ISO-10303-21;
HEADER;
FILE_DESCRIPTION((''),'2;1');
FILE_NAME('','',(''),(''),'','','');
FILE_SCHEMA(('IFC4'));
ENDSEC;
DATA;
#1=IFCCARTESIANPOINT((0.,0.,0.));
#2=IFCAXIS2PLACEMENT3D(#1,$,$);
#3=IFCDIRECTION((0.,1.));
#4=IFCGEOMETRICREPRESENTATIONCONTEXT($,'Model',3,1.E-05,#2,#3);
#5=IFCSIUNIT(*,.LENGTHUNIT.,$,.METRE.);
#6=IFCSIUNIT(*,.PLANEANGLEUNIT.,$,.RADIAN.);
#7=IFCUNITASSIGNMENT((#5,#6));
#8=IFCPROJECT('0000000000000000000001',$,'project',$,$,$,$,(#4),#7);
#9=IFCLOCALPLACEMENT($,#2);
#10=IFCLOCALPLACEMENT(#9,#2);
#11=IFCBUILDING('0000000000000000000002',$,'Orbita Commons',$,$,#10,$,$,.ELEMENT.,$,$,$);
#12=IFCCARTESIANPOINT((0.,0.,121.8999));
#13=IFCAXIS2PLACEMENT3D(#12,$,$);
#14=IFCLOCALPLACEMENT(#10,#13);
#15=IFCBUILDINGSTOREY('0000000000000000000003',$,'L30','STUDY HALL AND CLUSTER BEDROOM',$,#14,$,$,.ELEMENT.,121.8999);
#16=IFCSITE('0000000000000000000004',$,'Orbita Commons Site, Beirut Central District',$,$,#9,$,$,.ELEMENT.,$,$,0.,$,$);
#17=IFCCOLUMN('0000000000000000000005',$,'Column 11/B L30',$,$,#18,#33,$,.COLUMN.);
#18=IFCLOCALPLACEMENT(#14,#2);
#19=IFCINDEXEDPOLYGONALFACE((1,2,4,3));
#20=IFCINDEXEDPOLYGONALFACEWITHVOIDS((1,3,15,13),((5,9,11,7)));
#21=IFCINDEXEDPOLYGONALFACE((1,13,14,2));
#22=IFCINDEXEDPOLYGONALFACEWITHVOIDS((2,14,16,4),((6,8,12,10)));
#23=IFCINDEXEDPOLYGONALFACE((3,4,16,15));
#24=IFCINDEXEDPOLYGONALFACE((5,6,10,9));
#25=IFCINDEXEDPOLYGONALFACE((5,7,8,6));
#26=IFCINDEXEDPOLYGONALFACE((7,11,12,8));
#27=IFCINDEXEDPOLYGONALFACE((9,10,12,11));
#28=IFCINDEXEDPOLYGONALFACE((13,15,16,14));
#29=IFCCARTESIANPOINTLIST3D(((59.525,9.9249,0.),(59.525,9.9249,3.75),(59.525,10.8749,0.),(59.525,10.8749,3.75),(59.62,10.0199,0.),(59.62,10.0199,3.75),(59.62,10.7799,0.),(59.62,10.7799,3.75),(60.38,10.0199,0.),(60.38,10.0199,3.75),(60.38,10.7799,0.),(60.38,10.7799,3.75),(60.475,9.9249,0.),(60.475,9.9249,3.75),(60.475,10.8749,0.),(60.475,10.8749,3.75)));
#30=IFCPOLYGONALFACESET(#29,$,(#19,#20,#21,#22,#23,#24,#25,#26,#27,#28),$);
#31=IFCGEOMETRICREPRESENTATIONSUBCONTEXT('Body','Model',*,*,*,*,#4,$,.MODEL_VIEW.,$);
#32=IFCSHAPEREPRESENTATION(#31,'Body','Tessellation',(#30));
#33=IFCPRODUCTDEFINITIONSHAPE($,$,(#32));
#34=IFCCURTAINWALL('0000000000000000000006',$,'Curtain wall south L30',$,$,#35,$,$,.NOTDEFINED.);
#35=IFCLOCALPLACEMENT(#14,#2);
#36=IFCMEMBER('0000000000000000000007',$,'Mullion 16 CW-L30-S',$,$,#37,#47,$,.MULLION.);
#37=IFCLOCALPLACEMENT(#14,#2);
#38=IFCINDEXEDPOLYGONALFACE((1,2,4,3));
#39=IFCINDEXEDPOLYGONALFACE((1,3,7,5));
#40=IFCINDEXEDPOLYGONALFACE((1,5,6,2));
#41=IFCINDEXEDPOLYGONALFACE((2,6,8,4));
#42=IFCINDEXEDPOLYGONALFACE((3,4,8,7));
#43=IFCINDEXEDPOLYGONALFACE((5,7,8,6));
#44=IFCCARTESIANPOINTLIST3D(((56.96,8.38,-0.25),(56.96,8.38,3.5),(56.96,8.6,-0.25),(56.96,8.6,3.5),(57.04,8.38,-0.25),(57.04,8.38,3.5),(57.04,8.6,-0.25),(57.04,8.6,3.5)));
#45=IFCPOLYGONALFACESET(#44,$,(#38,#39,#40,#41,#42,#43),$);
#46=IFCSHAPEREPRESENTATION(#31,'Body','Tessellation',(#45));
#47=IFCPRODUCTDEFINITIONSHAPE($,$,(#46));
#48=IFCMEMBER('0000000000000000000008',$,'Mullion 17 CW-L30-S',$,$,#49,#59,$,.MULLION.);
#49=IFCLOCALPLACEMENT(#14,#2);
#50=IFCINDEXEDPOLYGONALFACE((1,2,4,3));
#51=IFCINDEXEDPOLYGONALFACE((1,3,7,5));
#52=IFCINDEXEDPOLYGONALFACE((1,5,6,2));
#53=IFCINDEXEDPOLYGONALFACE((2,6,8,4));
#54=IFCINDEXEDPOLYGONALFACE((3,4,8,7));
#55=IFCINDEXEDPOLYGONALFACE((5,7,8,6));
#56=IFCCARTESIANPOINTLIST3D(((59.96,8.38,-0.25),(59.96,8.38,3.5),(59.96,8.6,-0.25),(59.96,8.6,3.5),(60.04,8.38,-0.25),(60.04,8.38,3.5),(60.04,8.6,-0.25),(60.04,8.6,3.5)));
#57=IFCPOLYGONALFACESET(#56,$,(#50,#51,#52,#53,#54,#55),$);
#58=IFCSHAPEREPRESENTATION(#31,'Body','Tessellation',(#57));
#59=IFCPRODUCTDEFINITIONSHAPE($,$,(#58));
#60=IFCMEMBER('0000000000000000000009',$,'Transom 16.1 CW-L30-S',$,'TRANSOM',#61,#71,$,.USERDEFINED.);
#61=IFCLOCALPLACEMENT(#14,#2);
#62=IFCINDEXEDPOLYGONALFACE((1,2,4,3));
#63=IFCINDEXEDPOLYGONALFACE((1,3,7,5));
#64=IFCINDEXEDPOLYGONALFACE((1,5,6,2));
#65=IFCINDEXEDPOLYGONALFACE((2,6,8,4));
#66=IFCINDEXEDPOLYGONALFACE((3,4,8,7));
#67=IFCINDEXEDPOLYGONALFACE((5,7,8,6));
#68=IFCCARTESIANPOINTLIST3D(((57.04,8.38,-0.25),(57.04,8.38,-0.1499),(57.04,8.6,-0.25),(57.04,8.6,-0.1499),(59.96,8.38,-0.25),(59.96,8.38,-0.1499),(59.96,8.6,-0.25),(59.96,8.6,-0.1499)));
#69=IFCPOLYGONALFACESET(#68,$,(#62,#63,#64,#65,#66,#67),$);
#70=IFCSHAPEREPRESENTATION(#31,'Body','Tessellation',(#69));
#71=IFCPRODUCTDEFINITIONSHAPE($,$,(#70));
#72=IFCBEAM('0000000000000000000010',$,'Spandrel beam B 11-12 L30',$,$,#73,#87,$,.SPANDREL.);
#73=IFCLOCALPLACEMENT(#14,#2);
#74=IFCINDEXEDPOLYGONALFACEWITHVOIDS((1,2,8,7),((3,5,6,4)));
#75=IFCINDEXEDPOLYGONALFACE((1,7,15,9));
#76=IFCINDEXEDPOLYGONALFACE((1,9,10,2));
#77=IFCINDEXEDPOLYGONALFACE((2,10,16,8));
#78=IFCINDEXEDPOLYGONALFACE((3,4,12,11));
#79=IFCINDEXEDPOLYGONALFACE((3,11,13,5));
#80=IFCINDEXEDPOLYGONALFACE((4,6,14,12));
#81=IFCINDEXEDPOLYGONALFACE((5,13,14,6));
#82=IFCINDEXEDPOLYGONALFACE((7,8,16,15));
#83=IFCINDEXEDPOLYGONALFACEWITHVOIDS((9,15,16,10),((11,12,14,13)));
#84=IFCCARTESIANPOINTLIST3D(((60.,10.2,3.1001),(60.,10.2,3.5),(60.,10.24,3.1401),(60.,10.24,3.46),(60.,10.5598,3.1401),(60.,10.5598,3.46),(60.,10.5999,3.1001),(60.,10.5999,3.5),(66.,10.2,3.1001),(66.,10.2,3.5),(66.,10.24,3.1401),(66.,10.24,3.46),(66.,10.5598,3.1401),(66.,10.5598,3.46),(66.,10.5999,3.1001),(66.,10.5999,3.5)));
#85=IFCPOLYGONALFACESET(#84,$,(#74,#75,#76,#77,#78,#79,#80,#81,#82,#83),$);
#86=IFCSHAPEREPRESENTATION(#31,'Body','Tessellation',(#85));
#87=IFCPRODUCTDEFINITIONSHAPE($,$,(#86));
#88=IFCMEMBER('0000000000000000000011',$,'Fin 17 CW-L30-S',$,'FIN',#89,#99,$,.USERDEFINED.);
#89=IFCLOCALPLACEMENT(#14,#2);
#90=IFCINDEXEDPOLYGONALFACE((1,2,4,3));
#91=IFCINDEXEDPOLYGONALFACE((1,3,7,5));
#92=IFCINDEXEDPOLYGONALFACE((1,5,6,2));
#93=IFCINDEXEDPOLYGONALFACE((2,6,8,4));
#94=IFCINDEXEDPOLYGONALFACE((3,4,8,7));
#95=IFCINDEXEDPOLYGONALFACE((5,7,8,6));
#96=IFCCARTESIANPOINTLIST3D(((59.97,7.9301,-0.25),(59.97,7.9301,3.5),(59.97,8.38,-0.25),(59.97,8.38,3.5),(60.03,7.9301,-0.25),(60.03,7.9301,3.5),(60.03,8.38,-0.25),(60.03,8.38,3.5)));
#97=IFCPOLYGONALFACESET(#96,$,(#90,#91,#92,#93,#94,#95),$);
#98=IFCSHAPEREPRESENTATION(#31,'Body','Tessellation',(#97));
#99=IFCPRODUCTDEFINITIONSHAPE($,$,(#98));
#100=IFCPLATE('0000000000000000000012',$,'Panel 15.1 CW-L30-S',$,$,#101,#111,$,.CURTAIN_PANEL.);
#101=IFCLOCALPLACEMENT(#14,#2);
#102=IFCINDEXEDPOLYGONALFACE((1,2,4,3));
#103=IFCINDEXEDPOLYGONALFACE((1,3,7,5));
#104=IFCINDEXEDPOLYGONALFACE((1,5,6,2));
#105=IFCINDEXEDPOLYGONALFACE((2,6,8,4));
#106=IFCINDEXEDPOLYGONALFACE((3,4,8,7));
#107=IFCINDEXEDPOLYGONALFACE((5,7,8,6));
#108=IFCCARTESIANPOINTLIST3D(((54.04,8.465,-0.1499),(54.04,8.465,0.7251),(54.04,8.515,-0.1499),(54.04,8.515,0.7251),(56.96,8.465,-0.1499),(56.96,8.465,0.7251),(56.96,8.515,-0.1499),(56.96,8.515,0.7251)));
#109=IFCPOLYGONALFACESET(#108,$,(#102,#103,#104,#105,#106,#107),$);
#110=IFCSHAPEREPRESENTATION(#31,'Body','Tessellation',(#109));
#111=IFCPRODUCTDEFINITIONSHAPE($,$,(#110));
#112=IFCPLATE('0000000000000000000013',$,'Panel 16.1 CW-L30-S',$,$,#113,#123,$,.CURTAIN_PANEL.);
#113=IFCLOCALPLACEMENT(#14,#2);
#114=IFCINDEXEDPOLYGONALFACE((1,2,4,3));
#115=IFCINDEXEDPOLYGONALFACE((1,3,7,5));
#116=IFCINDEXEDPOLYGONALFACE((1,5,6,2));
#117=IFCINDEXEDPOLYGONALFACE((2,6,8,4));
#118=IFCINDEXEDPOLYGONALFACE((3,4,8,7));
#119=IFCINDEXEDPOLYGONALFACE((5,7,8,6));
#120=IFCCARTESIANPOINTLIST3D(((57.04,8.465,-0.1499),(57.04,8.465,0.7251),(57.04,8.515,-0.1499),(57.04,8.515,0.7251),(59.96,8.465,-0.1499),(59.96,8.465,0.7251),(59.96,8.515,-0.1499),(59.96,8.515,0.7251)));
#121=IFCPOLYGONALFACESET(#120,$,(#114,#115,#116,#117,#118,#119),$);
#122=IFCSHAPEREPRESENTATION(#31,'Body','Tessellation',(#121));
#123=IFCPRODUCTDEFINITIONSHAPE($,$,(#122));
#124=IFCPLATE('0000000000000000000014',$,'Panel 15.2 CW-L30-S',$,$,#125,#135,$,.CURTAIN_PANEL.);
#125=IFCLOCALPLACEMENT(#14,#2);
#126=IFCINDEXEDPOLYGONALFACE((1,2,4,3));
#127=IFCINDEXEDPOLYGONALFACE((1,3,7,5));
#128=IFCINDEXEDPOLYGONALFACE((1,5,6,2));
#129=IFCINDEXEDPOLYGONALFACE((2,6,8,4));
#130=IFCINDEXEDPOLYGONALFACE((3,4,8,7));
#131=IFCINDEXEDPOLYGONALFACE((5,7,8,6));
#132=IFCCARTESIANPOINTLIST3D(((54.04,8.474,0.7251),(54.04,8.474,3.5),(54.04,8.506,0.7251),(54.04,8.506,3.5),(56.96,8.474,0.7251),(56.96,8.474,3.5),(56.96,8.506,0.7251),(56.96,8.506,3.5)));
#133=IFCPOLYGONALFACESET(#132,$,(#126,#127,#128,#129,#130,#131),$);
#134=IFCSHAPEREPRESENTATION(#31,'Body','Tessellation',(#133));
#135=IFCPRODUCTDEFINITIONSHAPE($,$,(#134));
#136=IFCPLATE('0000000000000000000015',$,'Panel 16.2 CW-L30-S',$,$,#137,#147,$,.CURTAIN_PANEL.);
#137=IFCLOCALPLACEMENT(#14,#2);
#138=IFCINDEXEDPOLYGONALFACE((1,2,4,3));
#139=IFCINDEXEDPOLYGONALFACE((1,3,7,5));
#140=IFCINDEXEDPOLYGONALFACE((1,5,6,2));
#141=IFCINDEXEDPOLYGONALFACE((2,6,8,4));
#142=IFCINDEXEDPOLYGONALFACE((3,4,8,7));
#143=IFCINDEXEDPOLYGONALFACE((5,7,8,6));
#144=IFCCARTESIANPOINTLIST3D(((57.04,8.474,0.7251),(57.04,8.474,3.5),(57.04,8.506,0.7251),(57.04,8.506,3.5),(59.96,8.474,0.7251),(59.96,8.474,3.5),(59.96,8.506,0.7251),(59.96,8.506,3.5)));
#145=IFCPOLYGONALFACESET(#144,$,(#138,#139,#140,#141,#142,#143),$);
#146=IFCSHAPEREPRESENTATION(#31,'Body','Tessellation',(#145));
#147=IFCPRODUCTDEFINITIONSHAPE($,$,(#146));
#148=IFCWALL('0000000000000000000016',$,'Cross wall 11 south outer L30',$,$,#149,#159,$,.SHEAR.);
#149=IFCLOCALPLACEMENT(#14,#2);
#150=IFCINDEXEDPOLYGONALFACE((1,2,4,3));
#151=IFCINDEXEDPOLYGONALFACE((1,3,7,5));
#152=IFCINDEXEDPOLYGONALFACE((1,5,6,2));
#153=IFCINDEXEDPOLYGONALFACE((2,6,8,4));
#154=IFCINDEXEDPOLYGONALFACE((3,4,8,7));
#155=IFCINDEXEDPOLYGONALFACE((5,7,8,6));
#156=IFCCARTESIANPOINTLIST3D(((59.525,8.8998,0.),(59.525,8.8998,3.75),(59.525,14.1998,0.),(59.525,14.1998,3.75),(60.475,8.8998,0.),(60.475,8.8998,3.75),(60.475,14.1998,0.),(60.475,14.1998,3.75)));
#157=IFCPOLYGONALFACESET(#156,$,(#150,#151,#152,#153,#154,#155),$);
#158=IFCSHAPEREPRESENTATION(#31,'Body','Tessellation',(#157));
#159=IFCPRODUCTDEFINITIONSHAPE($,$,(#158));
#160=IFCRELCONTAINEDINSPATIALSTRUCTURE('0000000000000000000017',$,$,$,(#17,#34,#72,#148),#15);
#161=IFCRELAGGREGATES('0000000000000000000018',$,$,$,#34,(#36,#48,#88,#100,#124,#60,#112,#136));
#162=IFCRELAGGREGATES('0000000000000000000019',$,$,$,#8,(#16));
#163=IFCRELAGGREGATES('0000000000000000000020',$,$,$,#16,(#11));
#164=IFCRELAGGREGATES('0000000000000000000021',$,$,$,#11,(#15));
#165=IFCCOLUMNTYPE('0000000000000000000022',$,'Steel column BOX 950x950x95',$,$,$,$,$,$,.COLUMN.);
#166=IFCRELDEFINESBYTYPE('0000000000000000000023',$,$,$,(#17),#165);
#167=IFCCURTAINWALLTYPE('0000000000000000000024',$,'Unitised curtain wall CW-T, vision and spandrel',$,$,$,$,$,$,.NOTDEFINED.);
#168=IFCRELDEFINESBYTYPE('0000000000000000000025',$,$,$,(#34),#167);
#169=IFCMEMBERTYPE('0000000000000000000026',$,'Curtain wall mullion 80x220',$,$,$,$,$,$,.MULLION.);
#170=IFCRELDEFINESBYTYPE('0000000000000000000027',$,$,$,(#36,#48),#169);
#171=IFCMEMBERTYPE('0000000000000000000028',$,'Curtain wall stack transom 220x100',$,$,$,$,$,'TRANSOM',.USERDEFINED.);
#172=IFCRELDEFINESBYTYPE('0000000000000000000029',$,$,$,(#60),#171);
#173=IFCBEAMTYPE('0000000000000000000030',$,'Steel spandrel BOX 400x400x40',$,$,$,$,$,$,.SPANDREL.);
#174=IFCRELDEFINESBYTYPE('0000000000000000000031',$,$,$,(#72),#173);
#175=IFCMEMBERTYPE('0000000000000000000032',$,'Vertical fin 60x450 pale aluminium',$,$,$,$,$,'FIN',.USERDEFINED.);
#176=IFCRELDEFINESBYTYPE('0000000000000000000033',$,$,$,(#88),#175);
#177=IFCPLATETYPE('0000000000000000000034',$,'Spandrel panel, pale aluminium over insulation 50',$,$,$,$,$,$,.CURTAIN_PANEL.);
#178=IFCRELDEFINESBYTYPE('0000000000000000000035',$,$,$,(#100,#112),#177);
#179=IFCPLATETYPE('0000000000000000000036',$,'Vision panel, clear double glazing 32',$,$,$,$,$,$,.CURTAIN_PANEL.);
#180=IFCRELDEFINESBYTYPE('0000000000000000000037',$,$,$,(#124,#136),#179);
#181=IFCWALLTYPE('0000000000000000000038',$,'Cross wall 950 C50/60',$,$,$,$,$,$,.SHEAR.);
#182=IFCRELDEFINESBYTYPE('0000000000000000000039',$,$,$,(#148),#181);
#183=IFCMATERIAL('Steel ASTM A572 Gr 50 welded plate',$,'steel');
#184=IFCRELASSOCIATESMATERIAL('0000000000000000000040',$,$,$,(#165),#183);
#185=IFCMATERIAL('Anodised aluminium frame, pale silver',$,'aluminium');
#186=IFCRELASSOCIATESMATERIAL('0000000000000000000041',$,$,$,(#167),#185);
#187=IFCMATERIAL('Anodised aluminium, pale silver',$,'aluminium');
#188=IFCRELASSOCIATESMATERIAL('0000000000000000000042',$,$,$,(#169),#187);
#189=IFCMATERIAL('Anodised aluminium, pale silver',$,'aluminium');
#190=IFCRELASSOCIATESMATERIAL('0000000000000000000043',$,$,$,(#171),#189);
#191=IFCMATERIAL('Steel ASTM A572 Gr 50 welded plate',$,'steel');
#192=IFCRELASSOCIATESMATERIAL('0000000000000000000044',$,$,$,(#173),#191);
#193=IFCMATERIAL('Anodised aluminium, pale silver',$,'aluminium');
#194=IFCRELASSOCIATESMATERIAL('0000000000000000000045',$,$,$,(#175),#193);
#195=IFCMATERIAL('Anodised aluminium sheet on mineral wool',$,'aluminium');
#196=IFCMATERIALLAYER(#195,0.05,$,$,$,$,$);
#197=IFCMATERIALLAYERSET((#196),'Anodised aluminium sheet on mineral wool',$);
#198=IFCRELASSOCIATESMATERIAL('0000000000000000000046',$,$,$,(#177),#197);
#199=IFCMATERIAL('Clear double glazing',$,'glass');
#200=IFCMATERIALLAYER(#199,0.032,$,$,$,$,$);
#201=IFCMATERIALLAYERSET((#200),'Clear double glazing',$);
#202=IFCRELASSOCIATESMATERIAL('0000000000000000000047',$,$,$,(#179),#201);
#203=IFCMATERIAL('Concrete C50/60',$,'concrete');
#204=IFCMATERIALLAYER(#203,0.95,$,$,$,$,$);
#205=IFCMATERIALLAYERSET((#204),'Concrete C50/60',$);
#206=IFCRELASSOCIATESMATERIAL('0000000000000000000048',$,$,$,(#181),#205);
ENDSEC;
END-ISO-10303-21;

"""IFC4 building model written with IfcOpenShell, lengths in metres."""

from ifc_helpers import new_model, si_unit, direction, frame, frame_2d, origin, origin_2d, place, context, subcontext, project, spatial, rectangle, hollow_rectangle, extrude, material, layer, layer_set, material_profile, profile_set, type_object, element, aggregate, save


model = new_model("IFC4")

# Units and contexts
model_context = context("Model", 3, precision=1e-05, world=origin(), true_north=direction((0.0, 1.0)))
body_context = subcontext(model_context, "Body", "Model", "MODEL_VIEW")
ifc_project = project(units=[si_unit("LENGTHUNIT", "METRE"), si_unit("PLANEANGLEUNIT", "RADIAN")], contexts=[model_context])

# Site, building, storey
site_placement = place(None, origin())
site = spatial("IfcSite", under=ifc_project, at=site_placement, Name="Orbita Commons Site, Beirut Central District", CompositionType="ELEMENT", RefElevation=0.0)
building_placement = place(site_placement, origin())
building = spatial("IfcBuilding", under=site, at=building_placement, Name="Orbita Commons", CompositionType="ELEMENT")
storey_placement = place(building_placement, frame((0.0, 0.0, 121.8999)))
storey = spatial("IfcBuildingStorey", under=building, at=storey_placement, Name="L30", Description="STUDY HALL AND CLUSTER BEDROOM", CompositionType="ELEMENT", Elevation=121.8999)

# Column
ifc_material_1 = material(Name="Steel ASTM A572 Gr 50 welded plate", Category="steel")
ifc_material_profile_1 = material_profile(ifc_material_1, hollow_rectangle(XDim=0.95, YDim=0.95, WallThickness=0.095, at=origin_2d()), Name="BOX 950x950x95")
ifc_profile_set_1 = profile_set([ifc_material_profile_1], Name="Steel ASTM A572 Gr 50 welded plate")
column_type = type_object("IfcColumnType", Name="Steel column BOX 950x950x95", PredefinedType="COLUMN", material=ifc_profile_set_1)
column_placement = place(storey_placement, frame((60.0, 10.3999, 0.0), z_axis=(0.0, 0.0, 1.0), x_axis=(1.0, 0.0, 0.0)))
element("IfcColumn", 1, at=column_placement, inside=storey, type_object=column_type, Name="Column 11/B L30", PredefinedType="COLUMN", context=body_context, shape_type="SweptSolid", body=[
    extrude(hollow_rectangle(XDim=0.95, YDim=0.95, WallThickness=0.095, at=origin_2d()), origin(), (0.0, 0.0, 1.0), 3.75),
])

# Curtain wall, members
ifc_material_2 = material(Name="Anodised aluminium frame, pale silver", Category="aluminium")
curtain_wall_type = type_object("IfcCurtainWallType", Name="Unitised curtain wall CW-T, vision and spandrel", PredefinedType="NOTDEFINED", material=ifc_material_2)
curtain_wall_placement = place(storey_placement, origin())
curtain_wall = element("IfcCurtainWall", 2, at=curtain_wall_placement, inside=storey, type_object=curtain_wall_type, Name="Curtain wall south L30", PredefinedType="NOTDEFINED")
ifc_material_3 = material(Name="Anodised aluminium, pale silver", Category="aluminium")
ifc_material_profile_2 = material_profile(ifc_material_3, rectangle(XDim=0.0801, YDim=0.22, at=origin_2d()), Name="AL 80x220")
ifc_profile_set_2 = profile_set([ifc_material_profile_2], Name="Anodised aluminium, pale silver")
member_type_1 = type_object("IfcMemberType", Name="Curtain wall mullion 80x220", PredefinedType="MULLION", material=ifc_profile_set_2)
member_1_placement = place(storey_placement, frame((57.0, 8.49, -0.25), z_axis=(0.0, 0.0, 1.0), x_axis=(1.0, 0.0, 0.0)))
member_1 = element("IfcMember", 3, at=member_1_placement, type_object=member_type_1, Name="Mullion 16 CW-L30-S", PredefinedType="MULLION", context=body_context, shape_type="SweptSolid", body=[
    extrude(rectangle(XDim=0.0801, YDim=0.22, at=origin_2d()), origin(), (0.0, 0.0, 1.0), 3.75),
])
member_2_placement = place(storey_placement, frame((60.0, 8.49, -0.25), z_axis=(0.0, 0.0, 1.0), x_axis=(1.0, 0.0, 0.0)))
member_2 = element("IfcMember", 4, at=member_2_placement, type_object=member_type_1, Name="Mullion 17 CW-L30-S", PredefinedType="MULLION", context=body_context, shape_type="SweptSolid", body=[
    extrude(rectangle(XDim=0.0801, YDim=0.22, at=origin_2d()), origin(), (0.0, 0.0, 1.0), 3.75),
])
ifc_material_4 = material(Name="Anodised aluminium, pale silver", Category="aluminium")
ifc_material_profile_3 = material_profile(ifc_material_4, rectangle(XDim=0.22, YDim=0.1001, at=origin_2d()), Name="AL 220x100")
ifc_profile_set_3 = profile_set([ifc_material_profile_3], Name="Anodised aluminium, pale silver")
member_type_2 = type_object("IfcMemberType", Name="Curtain wall stack transom 220x100", ElementType="TRANSOM", PredefinedType="USERDEFINED", material=ifc_profile_set_3)
member_3_placement = place(storey_placement, frame((57.04, 8.49, -0.2), z_axis=(1.0, 0.0, 0.0), x_axis=(0.0, 1.0, 0.0)))
member_3 = element("IfcMember", 5, at=member_3_placement, type_object=member_type_2, Name="Transom 16.1 CW-L30-S", ObjectType="TRANSOM", PredefinedType="USERDEFINED", context=body_context, shape_type="SweptSolid", body=[
    extrude(rectangle(XDim=0.22, YDim=0.1001, at=origin_2d()), origin(), (0.0, 0.0, 1.0), 2.9199),
])

# Beam
ifc_material_5 = material(Name="Steel ASTM A572 Gr 50 welded plate", Category="steel")
ifc_material_profile_4 = material_profile(ifc_material_5, hollow_rectangle(XDim=0.3999, YDim=0.3999, WallThickness=0.04, at=origin_2d()), Name="BOX 400x400x40")
ifc_profile_set_4 = profile_set([ifc_material_profile_4], Name="Steel ASTM A572 Gr 50 welded plate")
beam_type = type_object("IfcBeamType", Name="Steel spandrel BOX 400x400x40", PredefinedType="SPANDREL", material=ifc_profile_set_4)
beam_placement = place(storey_placement, frame((60.0, 10.3999, 3.3), z_axis=(1.0, 0.0, 0.0), x_axis=(0.0, 1.0, 0.0)))
element("IfcBeam", 6, at=beam_placement, inside=storey, type_object=beam_type, Name="Spandrel beam B 11-12 L30", PredefinedType="SPANDREL", context=body_context, shape_type="SweptSolid", body=[
    extrude(hollow_rectangle(XDim=0.3999, YDim=0.3999, WallThickness=0.04, at=origin_2d()), origin(), (0.0, 0.0, 1.0), 6.0),
])

# Member
ifc_material_6 = material(Name="Anodised aluminium, pale silver", Category="aluminium")
ifc_material_profile_5 = material_profile(ifc_material_6, rectangle(XDim=0.0601, YDim=0.45, at=origin_2d()), Name="FIN 60x450")
ifc_profile_set_5 = profile_set([ifc_material_profile_5], Name="Anodised aluminium, pale silver")
member_type_3 = type_object("IfcMemberType", Name="Vertical fin 60x450 pale aluminium", ElementType="FIN", PredefinedType="USERDEFINED", material=ifc_profile_set_5)
member_4_placement = place(storey_placement, frame((60.0, 8.155, -0.25), z_axis=(0.0, 0.0, 1.0), x_axis=(1.0, 0.0, 0.0)))
member_4 = element("IfcMember", 7, at=member_4_placement, type_object=member_type_3, Name="Fin 17 CW-L30-S", ObjectType="FIN", PredefinedType="USERDEFINED", context=body_context, shape_type="SweptSolid", body=[
    extrude(rectangle(XDim=0.0601, YDim=0.45, at=origin_2d()), origin(), (0.0, 0.0, 1.0), 3.75),
])

# Plates
ifc_material_7 = material(Name="Anodised aluminium sheet on mineral wool", Category="aluminium")
ifc_layer_1 = layer(ifc_material_7, 0.05)
ifc_layer_set_1 = layer_set([ifc_layer_1], Name="Anodised aluminium sheet on mineral wool")
plate_type_1 = type_object("IfcPlateType", Name="Spandrel panel, pale aluminium over insulation 50", PredefinedType="CURTAIN_PANEL", material=ifc_layer_set_1)
plate_1_placement = place(storey_placement, frame((55.5, 8.49, -0.1499), z_axis=(0.0, 0.0, 1.0), x_axis=(1.0, 0.0, 0.0)))
plate_1 = element("IfcPlate", 8, at=plate_1_placement, type_object=plate_type_1, Name="Panel 15.1 CW-L30-S", PredefinedType="CURTAIN_PANEL", context=body_context, shape_type="SweptSolid", body=[
    extrude(rectangle(XDim=2.9199, YDim=0.05, at=origin_2d()), origin(), (0.0, 0.0, 1.0), 0.875),
])
plate_2_placement = place(storey_placement, frame((58.5, 8.49, -0.1499), z_axis=(0.0, 0.0, 1.0), x_axis=(1.0, 0.0, 0.0)))
plate_2 = element("IfcPlate", 9, at=plate_2_placement, type_object=plate_type_1, Name="Panel 16.1 CW-L30-S", PredefinedType="CURTAIN_PANEL", context=body_context, shape_type="SweptSolid", body=[
    extrude(rectangle(XDim=2.9199, YDim=0.05, at=origin_2d()), origin(), (0.0, 0.0, 1.0), 0.875),
])
ifc_material_8 = material(Name="Clear double glazing", Category="glass")
ifc_layer_2 = layer(ifc_material_8, 0.032)
ifc_layer_set_2 = layer_set([ifc_layer_2], Name="Clear double glazing")
plate_type_2 = type_object("IfcPlateType", Name="Vision panel, clear double glazing 32", PredefinedType="CURTAIN_PANEL", material=ifc_layer_set_2)
plate_3_placement = place(storey_placement, frame((55.5, 8.49, 0.7251), z_axis=(0.0, 0.0, 1.0), x_axis=(1.0, 0.0, 0.0)))
plate_3 = element("IfcPlate", 10, at=plate_3_placement, type_object=plate_type_2, Name="Panel 15.2 CW-L30-S", PredefinedType="CURTAIN_PANEL", context=body_context, shape_type="SweptSolid", body=[
    extrude(rectangle(XDim=2.9199, YDim=0.032, at=origin_2d()), origin(), (0.0, 0.0, 1.0), 2.7749),
])
plate_4_placement = place(storey_placement, frame((58.5, 8.49, 0.7251), z_axis=(0.0, 0.0, 1.0), x_axis=(1.0, 0.0, 0.0)))
plate_4 = element("IfcPlate", 11, at=plate_4_placement, type_object=plate_type_2, Name="Panel 16.2 CW-L30-S", PredefinedType="CURTAIN_PANEL", context=body_context, shape_type="SweptSolid", body=[
    extrude(rectangle(XDim=2.9199, YDim=0.032, at=origin_2d()), origin(), (0.0, 0.0, 1.0), 2.7749),
])
aggregate(curtain_wall, [member_1, member_2, member_4, plate_1, plate_3, member_3, plate_2, plate_4])

# Wall
ifc_material_9 = material(Name="Concrete C50/60", Category="concrete")
ifc_layer_3 = layer(ifc_material_9, 0.95)
ifc_layer_set_3 = layer_set([ifc_layer_3], Name="Concrete C50/60")
wall_type_1 = type_object("IfcWallType", Name="Cross wall 950 C50/60", PredefinedType="SHEAR", material=ifc_layer_set_3)
wall_1_placement = place(storey_placement, frame((60.0, 8.8999, 0.0), z_axis=(0.0, 0.0, 1.0), x_axis=(0.0, 1.0, 0.0)))
element("IfcWall", 12, at=wall_1_placement, inside=storey, type_object=wall_type_1, Name="Cross wall 11 south outer L30", PredefinedType="SHEAR", context=body_context, shape_type="SweptSolid", body=[
    extrude(rectangle(XDim=5.3, YDim=0.95, at=frame_2d((2.6499, 0.0))), origin(), (0.0, 0.0, 1.0), 3.75),
])

save(model, "model.ifc")
